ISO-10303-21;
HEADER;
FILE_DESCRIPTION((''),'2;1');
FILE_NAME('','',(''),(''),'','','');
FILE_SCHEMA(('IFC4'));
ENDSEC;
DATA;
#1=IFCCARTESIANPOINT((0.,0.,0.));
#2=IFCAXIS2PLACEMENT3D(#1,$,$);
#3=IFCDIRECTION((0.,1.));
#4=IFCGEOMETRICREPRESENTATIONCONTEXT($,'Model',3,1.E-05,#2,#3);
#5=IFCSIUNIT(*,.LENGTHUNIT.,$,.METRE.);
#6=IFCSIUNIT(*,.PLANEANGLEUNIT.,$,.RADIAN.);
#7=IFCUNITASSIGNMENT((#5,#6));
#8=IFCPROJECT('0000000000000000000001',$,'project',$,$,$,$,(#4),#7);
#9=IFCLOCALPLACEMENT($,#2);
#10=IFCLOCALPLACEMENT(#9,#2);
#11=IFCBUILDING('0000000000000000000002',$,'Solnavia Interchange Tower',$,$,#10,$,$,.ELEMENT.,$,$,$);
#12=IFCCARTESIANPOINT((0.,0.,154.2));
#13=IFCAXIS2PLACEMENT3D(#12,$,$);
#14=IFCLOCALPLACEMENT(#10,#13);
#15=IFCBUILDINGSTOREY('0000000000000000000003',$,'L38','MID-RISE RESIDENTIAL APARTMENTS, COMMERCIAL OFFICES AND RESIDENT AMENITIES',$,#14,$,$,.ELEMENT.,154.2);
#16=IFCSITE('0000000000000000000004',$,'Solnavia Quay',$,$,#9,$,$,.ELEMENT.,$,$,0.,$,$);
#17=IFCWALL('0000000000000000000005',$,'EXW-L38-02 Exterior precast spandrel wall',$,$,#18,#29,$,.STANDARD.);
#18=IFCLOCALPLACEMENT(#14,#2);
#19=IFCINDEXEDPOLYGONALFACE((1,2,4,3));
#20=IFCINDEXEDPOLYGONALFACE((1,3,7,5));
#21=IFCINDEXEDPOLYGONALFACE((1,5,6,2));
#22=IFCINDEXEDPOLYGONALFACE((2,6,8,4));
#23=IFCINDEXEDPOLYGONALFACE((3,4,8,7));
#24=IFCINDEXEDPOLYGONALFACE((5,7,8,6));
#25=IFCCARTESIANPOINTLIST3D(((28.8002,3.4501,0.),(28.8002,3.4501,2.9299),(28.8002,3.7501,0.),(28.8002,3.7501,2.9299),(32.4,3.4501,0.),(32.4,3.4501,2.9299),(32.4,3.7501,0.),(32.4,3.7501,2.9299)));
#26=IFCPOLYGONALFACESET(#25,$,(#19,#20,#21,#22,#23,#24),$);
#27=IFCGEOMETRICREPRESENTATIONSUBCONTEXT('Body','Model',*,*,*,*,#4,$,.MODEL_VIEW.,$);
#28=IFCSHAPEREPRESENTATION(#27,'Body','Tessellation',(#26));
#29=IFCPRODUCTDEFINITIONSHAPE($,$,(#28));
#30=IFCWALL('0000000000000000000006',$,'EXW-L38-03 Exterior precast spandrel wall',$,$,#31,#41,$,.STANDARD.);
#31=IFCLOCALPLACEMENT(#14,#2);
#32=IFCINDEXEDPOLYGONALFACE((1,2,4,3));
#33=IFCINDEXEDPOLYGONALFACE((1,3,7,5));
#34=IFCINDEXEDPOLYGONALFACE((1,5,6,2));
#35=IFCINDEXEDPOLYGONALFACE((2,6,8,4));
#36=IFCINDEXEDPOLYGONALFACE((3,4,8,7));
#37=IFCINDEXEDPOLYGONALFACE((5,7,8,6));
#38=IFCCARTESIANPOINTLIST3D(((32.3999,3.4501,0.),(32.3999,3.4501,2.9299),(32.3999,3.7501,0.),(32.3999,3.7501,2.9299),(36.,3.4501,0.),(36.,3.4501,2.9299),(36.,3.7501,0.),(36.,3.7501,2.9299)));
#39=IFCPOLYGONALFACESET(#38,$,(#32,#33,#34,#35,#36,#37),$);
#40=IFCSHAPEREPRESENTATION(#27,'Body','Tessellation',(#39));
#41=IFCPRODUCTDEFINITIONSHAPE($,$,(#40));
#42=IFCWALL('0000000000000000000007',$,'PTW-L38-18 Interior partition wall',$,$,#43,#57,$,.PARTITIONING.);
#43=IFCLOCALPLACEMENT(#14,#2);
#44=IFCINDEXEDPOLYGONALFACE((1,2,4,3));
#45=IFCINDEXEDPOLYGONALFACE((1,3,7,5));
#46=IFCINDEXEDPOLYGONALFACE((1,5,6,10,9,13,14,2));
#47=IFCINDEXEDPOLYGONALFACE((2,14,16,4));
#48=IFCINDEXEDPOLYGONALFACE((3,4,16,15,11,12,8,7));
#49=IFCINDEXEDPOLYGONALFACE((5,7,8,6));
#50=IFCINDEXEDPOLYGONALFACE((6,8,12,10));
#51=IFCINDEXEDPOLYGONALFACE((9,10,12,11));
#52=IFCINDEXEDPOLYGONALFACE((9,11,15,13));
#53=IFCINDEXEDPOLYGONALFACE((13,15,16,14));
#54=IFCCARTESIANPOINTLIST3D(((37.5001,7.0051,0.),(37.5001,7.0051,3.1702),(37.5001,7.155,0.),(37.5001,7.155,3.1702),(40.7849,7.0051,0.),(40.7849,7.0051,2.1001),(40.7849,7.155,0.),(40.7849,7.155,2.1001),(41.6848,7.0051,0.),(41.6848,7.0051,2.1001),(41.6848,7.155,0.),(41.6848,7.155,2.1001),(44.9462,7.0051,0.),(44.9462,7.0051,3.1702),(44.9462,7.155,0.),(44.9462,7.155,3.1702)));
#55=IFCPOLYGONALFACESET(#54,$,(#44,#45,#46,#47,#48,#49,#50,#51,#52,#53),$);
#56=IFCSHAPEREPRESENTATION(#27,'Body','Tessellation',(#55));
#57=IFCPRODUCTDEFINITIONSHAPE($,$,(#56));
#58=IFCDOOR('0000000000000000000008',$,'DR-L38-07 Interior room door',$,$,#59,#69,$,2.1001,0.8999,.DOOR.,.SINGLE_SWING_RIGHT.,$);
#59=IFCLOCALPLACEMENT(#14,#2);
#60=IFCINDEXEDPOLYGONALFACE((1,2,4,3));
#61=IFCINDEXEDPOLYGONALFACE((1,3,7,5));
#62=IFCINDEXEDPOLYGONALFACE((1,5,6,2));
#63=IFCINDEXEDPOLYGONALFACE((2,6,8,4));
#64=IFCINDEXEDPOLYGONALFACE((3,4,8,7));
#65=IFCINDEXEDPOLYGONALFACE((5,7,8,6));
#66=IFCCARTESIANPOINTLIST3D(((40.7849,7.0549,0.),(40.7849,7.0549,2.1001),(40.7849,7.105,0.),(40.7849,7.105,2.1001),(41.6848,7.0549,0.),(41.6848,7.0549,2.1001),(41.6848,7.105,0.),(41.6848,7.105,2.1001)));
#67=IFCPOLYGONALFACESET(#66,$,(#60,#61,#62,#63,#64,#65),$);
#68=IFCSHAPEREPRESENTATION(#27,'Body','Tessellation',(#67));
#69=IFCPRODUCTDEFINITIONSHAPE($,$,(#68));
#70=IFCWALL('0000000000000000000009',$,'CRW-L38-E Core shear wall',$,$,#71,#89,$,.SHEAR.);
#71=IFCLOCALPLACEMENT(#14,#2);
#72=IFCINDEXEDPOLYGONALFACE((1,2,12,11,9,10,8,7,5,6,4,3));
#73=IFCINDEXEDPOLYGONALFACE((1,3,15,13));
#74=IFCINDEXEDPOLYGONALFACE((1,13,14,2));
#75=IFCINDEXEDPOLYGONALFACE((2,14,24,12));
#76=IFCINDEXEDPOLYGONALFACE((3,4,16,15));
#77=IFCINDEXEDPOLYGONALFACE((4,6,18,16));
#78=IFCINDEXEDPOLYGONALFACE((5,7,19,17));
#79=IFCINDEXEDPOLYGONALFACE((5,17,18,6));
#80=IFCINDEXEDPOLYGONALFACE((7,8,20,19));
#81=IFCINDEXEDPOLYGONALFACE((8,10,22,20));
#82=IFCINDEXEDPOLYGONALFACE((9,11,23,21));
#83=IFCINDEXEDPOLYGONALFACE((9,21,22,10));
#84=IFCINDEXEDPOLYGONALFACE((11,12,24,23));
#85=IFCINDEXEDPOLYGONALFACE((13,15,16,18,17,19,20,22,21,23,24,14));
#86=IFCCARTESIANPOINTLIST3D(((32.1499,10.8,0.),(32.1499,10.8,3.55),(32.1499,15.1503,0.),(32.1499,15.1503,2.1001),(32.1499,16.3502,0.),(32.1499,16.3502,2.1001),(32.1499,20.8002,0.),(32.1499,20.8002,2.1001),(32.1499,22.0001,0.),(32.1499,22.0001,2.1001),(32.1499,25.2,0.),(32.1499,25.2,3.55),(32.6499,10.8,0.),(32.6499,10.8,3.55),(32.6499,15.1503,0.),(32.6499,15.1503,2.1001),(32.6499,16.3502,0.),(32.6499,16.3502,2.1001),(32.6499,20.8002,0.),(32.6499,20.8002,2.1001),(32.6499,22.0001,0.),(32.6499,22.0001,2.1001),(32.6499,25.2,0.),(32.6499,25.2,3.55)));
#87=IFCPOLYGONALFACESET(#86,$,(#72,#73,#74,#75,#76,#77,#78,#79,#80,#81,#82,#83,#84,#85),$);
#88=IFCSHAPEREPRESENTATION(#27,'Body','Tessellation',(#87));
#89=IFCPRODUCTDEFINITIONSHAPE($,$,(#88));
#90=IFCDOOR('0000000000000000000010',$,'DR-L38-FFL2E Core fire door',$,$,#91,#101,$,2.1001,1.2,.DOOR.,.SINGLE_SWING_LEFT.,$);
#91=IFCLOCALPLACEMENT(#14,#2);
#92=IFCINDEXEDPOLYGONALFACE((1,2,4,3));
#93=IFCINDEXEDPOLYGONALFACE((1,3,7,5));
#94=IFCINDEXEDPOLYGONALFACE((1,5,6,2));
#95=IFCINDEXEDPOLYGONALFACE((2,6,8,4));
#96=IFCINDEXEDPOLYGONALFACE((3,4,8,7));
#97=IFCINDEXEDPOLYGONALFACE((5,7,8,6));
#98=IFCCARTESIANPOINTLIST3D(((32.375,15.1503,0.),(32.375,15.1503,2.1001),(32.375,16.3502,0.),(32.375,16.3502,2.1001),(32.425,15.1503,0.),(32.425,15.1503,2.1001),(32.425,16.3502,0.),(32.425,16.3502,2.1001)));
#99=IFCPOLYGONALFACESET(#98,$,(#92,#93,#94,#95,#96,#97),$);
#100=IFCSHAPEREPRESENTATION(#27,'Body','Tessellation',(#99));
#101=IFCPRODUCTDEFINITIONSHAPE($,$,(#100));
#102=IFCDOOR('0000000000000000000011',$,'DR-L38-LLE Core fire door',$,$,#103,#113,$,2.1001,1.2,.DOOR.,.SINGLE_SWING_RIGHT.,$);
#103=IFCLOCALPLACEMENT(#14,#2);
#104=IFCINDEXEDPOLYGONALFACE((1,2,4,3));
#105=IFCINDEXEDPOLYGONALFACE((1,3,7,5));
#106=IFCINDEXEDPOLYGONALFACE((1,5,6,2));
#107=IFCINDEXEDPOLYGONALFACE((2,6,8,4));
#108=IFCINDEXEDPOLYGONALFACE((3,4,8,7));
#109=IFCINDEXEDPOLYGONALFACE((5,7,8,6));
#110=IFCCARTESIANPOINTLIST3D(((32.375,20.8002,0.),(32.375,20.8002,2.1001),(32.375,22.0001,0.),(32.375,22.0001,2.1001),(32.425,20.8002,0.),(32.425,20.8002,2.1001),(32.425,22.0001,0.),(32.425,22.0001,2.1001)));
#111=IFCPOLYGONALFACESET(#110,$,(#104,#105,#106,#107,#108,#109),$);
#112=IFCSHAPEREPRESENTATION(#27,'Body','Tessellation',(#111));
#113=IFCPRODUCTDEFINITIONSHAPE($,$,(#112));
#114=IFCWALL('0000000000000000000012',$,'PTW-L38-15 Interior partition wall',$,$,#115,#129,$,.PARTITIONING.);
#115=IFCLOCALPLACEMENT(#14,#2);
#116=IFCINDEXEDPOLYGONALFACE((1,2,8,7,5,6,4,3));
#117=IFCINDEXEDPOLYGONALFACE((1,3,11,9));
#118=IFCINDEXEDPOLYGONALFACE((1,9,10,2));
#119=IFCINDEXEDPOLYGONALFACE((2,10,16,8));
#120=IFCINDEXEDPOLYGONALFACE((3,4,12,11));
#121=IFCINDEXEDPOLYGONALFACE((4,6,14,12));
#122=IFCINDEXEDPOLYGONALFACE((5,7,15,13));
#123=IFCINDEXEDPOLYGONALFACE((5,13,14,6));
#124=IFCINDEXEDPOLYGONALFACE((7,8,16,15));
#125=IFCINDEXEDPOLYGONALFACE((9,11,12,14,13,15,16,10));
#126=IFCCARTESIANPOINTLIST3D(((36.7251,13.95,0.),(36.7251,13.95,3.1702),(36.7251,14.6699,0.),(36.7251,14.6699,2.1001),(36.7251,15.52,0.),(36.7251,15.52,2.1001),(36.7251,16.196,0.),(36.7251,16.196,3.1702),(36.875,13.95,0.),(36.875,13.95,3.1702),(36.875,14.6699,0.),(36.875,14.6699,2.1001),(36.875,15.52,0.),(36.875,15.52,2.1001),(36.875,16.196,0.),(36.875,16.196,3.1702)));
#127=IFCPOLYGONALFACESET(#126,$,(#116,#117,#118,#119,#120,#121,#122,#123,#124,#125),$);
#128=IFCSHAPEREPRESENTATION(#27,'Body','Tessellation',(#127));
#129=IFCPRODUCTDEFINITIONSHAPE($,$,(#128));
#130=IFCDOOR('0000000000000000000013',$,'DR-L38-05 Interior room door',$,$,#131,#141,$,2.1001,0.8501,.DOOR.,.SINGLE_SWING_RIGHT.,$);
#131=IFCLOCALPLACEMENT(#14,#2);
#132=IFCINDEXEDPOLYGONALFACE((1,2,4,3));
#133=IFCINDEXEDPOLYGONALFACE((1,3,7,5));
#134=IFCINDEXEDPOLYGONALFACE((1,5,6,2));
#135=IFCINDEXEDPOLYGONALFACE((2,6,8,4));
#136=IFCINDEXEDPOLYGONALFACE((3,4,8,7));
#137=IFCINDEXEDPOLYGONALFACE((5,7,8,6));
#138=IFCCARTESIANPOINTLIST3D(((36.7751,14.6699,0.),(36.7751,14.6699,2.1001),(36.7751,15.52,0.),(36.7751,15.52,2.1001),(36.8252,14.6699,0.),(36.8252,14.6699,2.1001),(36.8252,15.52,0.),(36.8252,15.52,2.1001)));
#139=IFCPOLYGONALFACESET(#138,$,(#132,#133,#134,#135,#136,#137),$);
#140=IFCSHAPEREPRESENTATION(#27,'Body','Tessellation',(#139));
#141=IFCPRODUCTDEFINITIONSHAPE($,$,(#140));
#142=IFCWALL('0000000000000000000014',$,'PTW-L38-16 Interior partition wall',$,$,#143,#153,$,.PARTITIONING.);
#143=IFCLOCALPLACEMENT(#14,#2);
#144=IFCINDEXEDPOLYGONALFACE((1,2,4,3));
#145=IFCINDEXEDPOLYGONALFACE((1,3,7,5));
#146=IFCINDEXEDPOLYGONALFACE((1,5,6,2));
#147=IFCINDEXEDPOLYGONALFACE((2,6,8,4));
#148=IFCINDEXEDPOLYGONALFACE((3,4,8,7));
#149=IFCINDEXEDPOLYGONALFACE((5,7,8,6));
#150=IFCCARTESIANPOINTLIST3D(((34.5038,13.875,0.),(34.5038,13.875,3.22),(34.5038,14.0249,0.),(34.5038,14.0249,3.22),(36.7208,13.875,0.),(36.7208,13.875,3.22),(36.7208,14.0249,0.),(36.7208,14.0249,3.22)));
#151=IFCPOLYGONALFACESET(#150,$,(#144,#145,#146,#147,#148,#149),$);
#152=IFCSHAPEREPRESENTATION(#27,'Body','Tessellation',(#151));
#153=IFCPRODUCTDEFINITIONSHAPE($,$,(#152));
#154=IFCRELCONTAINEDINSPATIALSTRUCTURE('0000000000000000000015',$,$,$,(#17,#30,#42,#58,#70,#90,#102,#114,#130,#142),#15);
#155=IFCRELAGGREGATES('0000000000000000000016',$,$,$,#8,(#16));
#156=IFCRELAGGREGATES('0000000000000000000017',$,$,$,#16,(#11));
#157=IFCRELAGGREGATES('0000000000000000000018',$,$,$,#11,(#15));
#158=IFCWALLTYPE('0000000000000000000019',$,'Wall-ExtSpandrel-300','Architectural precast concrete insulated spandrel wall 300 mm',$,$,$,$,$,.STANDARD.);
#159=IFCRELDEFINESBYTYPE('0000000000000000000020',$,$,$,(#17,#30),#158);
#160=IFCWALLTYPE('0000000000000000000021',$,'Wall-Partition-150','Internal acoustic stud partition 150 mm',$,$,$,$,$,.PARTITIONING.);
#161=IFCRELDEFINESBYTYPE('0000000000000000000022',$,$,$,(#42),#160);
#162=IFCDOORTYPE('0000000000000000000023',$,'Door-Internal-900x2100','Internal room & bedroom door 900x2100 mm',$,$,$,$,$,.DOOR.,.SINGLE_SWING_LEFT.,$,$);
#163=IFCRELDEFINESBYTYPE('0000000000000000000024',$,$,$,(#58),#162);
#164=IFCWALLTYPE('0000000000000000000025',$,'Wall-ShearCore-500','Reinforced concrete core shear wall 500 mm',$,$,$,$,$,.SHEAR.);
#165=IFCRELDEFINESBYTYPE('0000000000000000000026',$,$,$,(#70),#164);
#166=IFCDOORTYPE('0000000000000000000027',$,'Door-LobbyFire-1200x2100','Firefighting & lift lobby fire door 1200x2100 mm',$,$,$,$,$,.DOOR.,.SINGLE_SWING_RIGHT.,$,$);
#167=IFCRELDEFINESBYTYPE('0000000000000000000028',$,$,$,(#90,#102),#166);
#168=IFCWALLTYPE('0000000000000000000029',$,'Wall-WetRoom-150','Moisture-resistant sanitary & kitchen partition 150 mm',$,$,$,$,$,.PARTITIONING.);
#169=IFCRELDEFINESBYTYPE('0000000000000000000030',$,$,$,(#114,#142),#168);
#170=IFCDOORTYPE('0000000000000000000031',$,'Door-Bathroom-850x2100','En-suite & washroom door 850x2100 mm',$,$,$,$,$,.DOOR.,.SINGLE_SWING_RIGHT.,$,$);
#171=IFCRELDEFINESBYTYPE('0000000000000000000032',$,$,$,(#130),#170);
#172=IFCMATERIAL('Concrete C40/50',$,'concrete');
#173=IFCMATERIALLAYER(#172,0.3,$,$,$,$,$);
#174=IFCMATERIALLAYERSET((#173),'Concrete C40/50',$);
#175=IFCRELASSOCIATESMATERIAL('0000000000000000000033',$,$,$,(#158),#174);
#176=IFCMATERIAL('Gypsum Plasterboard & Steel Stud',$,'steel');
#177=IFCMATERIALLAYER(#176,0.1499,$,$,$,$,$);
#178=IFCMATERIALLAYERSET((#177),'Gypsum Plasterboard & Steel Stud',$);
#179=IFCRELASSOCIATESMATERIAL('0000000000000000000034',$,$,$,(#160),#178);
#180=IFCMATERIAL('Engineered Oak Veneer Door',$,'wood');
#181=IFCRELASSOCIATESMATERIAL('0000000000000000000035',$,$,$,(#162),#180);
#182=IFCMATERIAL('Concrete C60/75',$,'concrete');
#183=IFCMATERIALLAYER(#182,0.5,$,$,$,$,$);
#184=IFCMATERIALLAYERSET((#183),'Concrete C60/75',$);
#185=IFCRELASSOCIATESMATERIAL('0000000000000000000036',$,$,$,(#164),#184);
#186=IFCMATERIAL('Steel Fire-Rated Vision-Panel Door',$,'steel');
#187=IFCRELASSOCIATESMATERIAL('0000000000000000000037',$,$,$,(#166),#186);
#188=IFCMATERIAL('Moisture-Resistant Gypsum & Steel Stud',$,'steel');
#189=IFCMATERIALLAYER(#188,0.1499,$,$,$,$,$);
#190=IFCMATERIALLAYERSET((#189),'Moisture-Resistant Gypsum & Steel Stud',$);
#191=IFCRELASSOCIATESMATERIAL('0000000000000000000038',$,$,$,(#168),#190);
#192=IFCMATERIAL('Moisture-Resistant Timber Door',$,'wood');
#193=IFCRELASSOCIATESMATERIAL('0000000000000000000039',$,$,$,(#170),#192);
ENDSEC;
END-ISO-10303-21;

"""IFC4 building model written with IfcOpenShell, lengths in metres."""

from ifc_helpers import new_model, si_unit, direction, frame, frame_2d, origin, place, context, subcontext, project, spatial, rectangle, extrude, material, layer, layer_set, type_object, element, fill, save


model = new_model("IFC4")

# Units and contexts
model_context = context("Model", 3, precision=1e-05, world=origin(), true_north=direction((0.0, 1.0)))
body_context = subcontext(model_context, "Body", "Model", "MODEL_VIEW")
ifc_project = project(units=[si_unit("LENGTHUNIT", "METRE"), si_unit("PLANEANGLEUNIT", "RADIAN")], contexts=[model_context])

# Site, building, storey
site_placement = place(None, origin())
site = spatial("IfcSite", under=ifc_project, at=site_placement, Name="Solnavia Quay", CompositionType="ELEMENT", RefElevation=0.0)
building_placement = place(site_placement, origin())
building = spatial("IfcBuilding", under=site, at=building_placement, Name="Solnavia Interchange Tower", CompositionType="ELEMENT")
storey_placement = place(building_placement, frame((0.0, 0.0, 154.2)))
storey = spatial("IfcBuildingStorey", under=building, at=storey_placement, Name="L38", Description="MID-RISE RESIDENTIAL APARTMENTS, COMMERCIAL OFFICES AND RESIDENT AMENITIES", CompositionType="ELEMENT", Elevation=154.2)

# Walls
ifc_material_1 = material(Name="Concrete C40/50", Category="concrete")
ifc_layer_1 = layer(ifc_material_1, 0.3)
ifc_layer_set_1 = layer_set([ifc_layer_1], Name="Concrete C40/50")
wall_type_1 = type_object("IfcWallType", Name="Wall-ExtSpandrel-300", Description="Architectural precast concrete insulated spandrel wall 300 mm", PredefinedType="STANDARD", material=ifc_layer_set_1)
wall_1_placement = place(storey_placement, frame((32.3999, 3.6001, 0.0), z_axis=(0.0, 0.0, 1.0), x_axis=(-1.0, 0.0, 0.0)))
element("IfcWall", 1, at=wall_1_placement, inside=storey, type_object=wall_type_1, Name="EXW-L38-02 Exterior precast spandrel wall", PredefinedType="STANDARD", context=body_context, shape_type="SweptSolid", body=[
    extrude(rectangle(XDim=3.5999, YDim=0.3, at=frame_2d((1.7998, 0.0))), origin(), (0.0, 0.0, 1.0), 2.9299),
])
wall_2_placement = place(storey_placement, frame((36.0, 3.6001, 0.0), z_axis=(0.0, 0.0, 1.0), x_axis=(-1.0, 0.0, 0.0)))
element("IfcWall", 2, at=wall_2_placement, inside=storey, type_object=wall_type_1, Name="EXW-L38-03 Exterior precast spandrel wall", PredefinedType="STANDARD", context=body_context, shape_type="SweptSolid", body=[
    extrude(rectangle(XDim=3.6001, YDim=0.3, at=frame_2d((1.8, 0.0))), origin(), (0.0, 0.0, 1.0), 2.9299),
])

# Wall, opening, door
ifc_material_2 = material(Name="Gypsum Plasterboard & Steel Stud", Category="steel")
ifc_layer_2 = layer(ifc_material_2, 0.1499)
ifc_layer_set_2 = layer_set([ifc_layer_2], Name="Gypsum Plasterboard & Steel Stud")
wall_type_2 = type_object("IfcWallType", Name="Wall-Partition-150", Description="Internal acoustic stud partition 150 mm", PredefinedType="PARTITIONING", material=ifc_layer_set_2)
wall_3_placement = place(storey_placement, frame((37.5, 7.0801, 0.0), z_axis=(0.0, 0.0, 1.0), x_axis=(1.0, 0.0, 0.0)))
wall_3 = element("IfcWall", 3, at=wall_3_placement, inside=storey, type_object=wall_type_2, Name="PTW-L38-18 Interior partition wall", PredefinedType="PARTITIONING", context=body_context, shape_type="SweptSolid", body=[
    extrude(rectangle(XDim=7.446, YDim=0.1499, at=frame_2d((3.7231, 0.0))), origin(), (0.0, 0.0, 1.0), 3.1702),
])
opening_1_placement = place(wall_3_placement, frame((3.2849, 0.0, 0.0)))
opening_1 = element("IfcOpeningElement", 4, at=opening_1_placement, cuts=wall_3, PredefinedType="OPENING", context=body_context, shape_type="SweptSolid", body=[
    extrude(rectangle(XDim=0.8999, YDim=2.1001, at=frame_2d((0.45, 1.05))), frame((0.0, 0.085, 0.0), z_axis=(0.0, -1.0, 0.0), x_axis=(1.0, 0.0, 0.0)), (0.0, 0.0, 1.0), 0.1699),
])
ifc_material_3 = material(Name="Engineered Oak Veneer Door", Category="wood")
door_type_1 = type_object("IfcDoorType", Name="Door-Internal-900x2100", Description="Internal room & bedroom door 900x2100 mm", OperationType="SINGLE_SWING_LEFT", PredefinedType="DOOR", material=ifc_material_3)
door_1_placement = place(opening_1_placement, origin())
door_1 = element("IfcDoor", 5, at=door_1_placement, inside=storey, type_object=door_type_1, Name="DR-L38-07 Interior room door", OperationType="SINGLE_SWING_RIGHT", OverallHeight=2.1001, OverallWidth=0.8999, PredefinedType="DOOR", context=body_context, shape_type="SweptSolid", body=[
    extrude(rectangle(XDim=0.8999, YDim=2.1001, at=frame_2d((0.45, 1.05))), frame((0.0, 0.0249, 0.0), z_axis=(0.0, -1.0, 0.0), x_axis=(1.0, 0.0, 0.0)), (0.0, 0.0, 1.0), 0.05),
])
fill(opening_1, door_1)

# Wall, openings, doors
ifc_material_4 = material(Name="Concrete C60/75", Category="concrete")
ifc_layer_3 = layer(ifc_material_4, 0.5)
ifc_layer_set_3 = layer_set([ifc_layer_3], Name="Concrete C60/75")
wall_type_3 = type_object("IfcWallType", Name="Wall-ShearCore-500", Description="Reinforced concrete core shear wall 500 mm", PredefinedType="SHEAR", material=ifc_layer_set_3)
wall_4_placement = place(storey_placement, frame((32.3999, 10.8, 0.0), z_axis=(0.0, 0.0, 1.0), x_axis=(0.0, 1.0, 0.0)))
wall_4 = element("IfcWall", 6, at=wall_4_placement, inside=storey, type_object=wall_type_3, Name="CRW-L38-E Core shear wall", PredefinedType="SHEAR", context=body_context, shape_type="SweptSolid", body=[
    extrude(rectangle(XDim=14.3999, YDim=0.5, at=frame_2d((7.2, 0.0))), origin(), (0.0, 0.0, 1.0), 3.55),
])
opening_2_placement = place(wall_4_placement, frame((4.3501, 0.0, 0.0)))
opening_2 = element("IfcOpeningElement", 7, at=opening_2_placement, cuts=wall_4, PredefinedType="OPENING", context=body_context, shape_type="SweptSolid", body=[
    extrude(rectangle(XDim=1.2, YDim=2.1001, at=frame_2d((0.6001, 1.05))), frame((0.0, 0.26, 0.0), z_axis=(0.0, -1.0, 0.0), x_axis=(1.0, 0.0, 0.0)), (0.0, 0.0, 1.0), 0.52),
])
opening_3_placement = place(wall_4_placement, frame((10.0, 0.0, 0.0)))
opening_3 = element("IfcOpeningElement", 8, at=opening_3_placement, cuts=wall_4, PredefinedType="OPENING", context=body_context, shape_type="SweptSolid", body=[
    extrude(rectangle(XDim=1.2, YDim=2.1001, at=frame_2d((0.6001, 1.05))), frame((0.0, 0.26, 0.0), z_axis=(0.0, -1.0, 0.0), x_axis=(1.0, 0.0, 0.0)), (0.0, 0.0, 1.0), 0.52),
])
ifc_material_5 = material(Name="Steel Fire-Rated Vision-Panel Door", Category="steel")
door_type_2 = type_object("IfcDoorType", Name="Door-LobbyFire-1200x2100", Description="Firefighting & lift lobby fire door 1200x2100 mm", OperationType="SINGLE_SWING_RIGHT", PredefinedType="DOOR", material=ifc_material_5)
door_2_placement = place(opening_2_placement, origin())
door_2 = element("IfcDoor", 9, at=door_2_placement, inside=storey, type_object=door_type_2, Name="DR-L38-FFL2E Core fire door", OperationType="SINGLE_SWING_LEFT", OverallHeight=2.1001, OverallWidth=1.2, PredefinedType="DOOR", context=body_context, shape_type="SweptSolid", body=[
    extrude(rectangle(XDim=1.2, YDim=2.1001, at=frame_2d((0.6001, 1.05))), frame((0.0, 0.0249, 0.0), z_axis=(0.0, -1.0, 0.0), x_axis=(1.0, 0.0, 0.0)), (0.0, 0.0, 1.0), 0.05),
])
fill(opening_2, door_2)
door_3_placement = place(opening_3_placement, origin())
door_3 = element("IfcDoor", 10, at=door_3_placement, inside=storey, type_object=door_type_2, Name="DR-L38-LLE Core fire door", OperationType="SINGLE_SWING_RIGHT", OverallHeight=2.1001, OverallWidth=1.2, PredefinedType="DOOR", context=body_context, shape_type="SweptSolid", body=[
    extrude(rectangle(XDim=1.2, YDim=2.1001, at=frame_2d((0.6001, 1.05))), frame((0.0, 0.0249, 0.0), z_axis=(0.0, -1.0, 0.0), x_axis=(1.0, 0.0, 0.0)), (0.0, 0.0, 1.0), 0.05),
])
fill(opening_3, door_3)

# Wall, opening, door
ifc_material_6 = material(Name="Moisture-Resistant Gypsum & Steel Stud", Category="steel")
ifc_layer_4 = layer(ifc_material_6, 0.1499)
ifc_layer_set_4 = layer_set([ifc_layer_4], Name="Moisture-Resistant Gypsum & Steel Stud")
wall_type_4 = type_object("IfcWallType", Name="Wall-WetRoom-150", Description="Moisture-resistant sanitary & kitchen partition 150 mm", PredefinedType="PARTITIONING", material=ifc_layer_set_4)
wall_5_placement = place(storey_placement, frame((36.8, 13.95, 0.0), z_axis=(0.0, 0.0, 1.0), x_axis=(0.0, 1.0, 0.0)))
wall_5 = element("IfcWall", 11, at=wall_5_placement, inside=storey, type_object=wall_type_4, Name="PTW-L38-15 Interior partition wall", PredefinedType="PARTITIONING", context=body_context, shape_type="SweptSolid", body=[
    extrude(rectangle(XDim=2.2461, YDim=0.1499, at=frame_2d((1.123, 0.0))), origin(), (0.0, 0.0, 1.0), 3.1702),
])
opening_4_placement = place(wall_5_placement, frame((0.72, 0.0, 0.0)))
opening_4 = element("IfcOpeningElement", 12, at=opening_4_placement, cuts=wall_5, PredefinedType="OPENING", context=body_context, shape_type="SweptSolid", body=[
    extrude(rectangle(XDim=0.8501, YDim=2.1001, at=frame_2d((0.425, 1.05))), frame((0.0, 0.085, 0.0), z_axis=(0.0, -1.0, 0.0), x_axis=(1.0, 0.0, 0.0)), (0.0, 0.0, 1.0), 0.1699),
])
ifc_material_7 = material(Name="Moisture-Resistant Timber Door", Category="wood")
door_type_3 = type_object("IfcDoorType", Name="Door-Bathroom-850x2100", Description="En-suite & washroom door 850x2100 mm", OperationType="SINGLE_SWING_RIGHT", PredefinedType="DOOR", material=ifc_material_7)
door_4_placement = place(opening_4_placement, origin())
door_4 = element("IfcDoor", 13, at=door_4_placement, inside=storey, type_object=door_type_3, Name="DR-L38-05 Interior room door", OperationType="SINGLE_SWING_RIGHT", OverallHeight=2.1001, OverallWidth=0.8501, PredefinedType="DOOR", context=body_context, shape_type="SweptSolid", body=[
    extrude(rectangle(XDim=0.8501, YDim=2.1001, at=frame_2d((0.425, 1.05))), frame((0.0, 0.0249, 0.0), z_axis=(0.0, -1.0, 0.0), x_axis=(1.0, 0.0, 0.0)), (0.0, 0.0, 1.0), 0.05),
])
fill(opening_4, door_4)

# Wall
wall_6_placement = place(storey_placement, frame((34.5039, 13.95, 0.0), z_axis=(0.0, 0.0, 1.0), x_axis=(1.0, 0.0, 0.0)))
element("IfcWall", 14, at=wall_6_placement, inside=storey, type_object=wall_type_4, Name="PTW-L38-16 Interior partition wall", PredefinedType="PARTITIONING", context=body_context, shape_type="SweptSolid", body=[
    extrude(rectangle(XDim=2.217, YDim=0.1499, at=frame_2d((1.1084, 0.0))), origin(), (0.0, 0.0, 1.0), 3.22),
])

save(model, "model.ifc")
